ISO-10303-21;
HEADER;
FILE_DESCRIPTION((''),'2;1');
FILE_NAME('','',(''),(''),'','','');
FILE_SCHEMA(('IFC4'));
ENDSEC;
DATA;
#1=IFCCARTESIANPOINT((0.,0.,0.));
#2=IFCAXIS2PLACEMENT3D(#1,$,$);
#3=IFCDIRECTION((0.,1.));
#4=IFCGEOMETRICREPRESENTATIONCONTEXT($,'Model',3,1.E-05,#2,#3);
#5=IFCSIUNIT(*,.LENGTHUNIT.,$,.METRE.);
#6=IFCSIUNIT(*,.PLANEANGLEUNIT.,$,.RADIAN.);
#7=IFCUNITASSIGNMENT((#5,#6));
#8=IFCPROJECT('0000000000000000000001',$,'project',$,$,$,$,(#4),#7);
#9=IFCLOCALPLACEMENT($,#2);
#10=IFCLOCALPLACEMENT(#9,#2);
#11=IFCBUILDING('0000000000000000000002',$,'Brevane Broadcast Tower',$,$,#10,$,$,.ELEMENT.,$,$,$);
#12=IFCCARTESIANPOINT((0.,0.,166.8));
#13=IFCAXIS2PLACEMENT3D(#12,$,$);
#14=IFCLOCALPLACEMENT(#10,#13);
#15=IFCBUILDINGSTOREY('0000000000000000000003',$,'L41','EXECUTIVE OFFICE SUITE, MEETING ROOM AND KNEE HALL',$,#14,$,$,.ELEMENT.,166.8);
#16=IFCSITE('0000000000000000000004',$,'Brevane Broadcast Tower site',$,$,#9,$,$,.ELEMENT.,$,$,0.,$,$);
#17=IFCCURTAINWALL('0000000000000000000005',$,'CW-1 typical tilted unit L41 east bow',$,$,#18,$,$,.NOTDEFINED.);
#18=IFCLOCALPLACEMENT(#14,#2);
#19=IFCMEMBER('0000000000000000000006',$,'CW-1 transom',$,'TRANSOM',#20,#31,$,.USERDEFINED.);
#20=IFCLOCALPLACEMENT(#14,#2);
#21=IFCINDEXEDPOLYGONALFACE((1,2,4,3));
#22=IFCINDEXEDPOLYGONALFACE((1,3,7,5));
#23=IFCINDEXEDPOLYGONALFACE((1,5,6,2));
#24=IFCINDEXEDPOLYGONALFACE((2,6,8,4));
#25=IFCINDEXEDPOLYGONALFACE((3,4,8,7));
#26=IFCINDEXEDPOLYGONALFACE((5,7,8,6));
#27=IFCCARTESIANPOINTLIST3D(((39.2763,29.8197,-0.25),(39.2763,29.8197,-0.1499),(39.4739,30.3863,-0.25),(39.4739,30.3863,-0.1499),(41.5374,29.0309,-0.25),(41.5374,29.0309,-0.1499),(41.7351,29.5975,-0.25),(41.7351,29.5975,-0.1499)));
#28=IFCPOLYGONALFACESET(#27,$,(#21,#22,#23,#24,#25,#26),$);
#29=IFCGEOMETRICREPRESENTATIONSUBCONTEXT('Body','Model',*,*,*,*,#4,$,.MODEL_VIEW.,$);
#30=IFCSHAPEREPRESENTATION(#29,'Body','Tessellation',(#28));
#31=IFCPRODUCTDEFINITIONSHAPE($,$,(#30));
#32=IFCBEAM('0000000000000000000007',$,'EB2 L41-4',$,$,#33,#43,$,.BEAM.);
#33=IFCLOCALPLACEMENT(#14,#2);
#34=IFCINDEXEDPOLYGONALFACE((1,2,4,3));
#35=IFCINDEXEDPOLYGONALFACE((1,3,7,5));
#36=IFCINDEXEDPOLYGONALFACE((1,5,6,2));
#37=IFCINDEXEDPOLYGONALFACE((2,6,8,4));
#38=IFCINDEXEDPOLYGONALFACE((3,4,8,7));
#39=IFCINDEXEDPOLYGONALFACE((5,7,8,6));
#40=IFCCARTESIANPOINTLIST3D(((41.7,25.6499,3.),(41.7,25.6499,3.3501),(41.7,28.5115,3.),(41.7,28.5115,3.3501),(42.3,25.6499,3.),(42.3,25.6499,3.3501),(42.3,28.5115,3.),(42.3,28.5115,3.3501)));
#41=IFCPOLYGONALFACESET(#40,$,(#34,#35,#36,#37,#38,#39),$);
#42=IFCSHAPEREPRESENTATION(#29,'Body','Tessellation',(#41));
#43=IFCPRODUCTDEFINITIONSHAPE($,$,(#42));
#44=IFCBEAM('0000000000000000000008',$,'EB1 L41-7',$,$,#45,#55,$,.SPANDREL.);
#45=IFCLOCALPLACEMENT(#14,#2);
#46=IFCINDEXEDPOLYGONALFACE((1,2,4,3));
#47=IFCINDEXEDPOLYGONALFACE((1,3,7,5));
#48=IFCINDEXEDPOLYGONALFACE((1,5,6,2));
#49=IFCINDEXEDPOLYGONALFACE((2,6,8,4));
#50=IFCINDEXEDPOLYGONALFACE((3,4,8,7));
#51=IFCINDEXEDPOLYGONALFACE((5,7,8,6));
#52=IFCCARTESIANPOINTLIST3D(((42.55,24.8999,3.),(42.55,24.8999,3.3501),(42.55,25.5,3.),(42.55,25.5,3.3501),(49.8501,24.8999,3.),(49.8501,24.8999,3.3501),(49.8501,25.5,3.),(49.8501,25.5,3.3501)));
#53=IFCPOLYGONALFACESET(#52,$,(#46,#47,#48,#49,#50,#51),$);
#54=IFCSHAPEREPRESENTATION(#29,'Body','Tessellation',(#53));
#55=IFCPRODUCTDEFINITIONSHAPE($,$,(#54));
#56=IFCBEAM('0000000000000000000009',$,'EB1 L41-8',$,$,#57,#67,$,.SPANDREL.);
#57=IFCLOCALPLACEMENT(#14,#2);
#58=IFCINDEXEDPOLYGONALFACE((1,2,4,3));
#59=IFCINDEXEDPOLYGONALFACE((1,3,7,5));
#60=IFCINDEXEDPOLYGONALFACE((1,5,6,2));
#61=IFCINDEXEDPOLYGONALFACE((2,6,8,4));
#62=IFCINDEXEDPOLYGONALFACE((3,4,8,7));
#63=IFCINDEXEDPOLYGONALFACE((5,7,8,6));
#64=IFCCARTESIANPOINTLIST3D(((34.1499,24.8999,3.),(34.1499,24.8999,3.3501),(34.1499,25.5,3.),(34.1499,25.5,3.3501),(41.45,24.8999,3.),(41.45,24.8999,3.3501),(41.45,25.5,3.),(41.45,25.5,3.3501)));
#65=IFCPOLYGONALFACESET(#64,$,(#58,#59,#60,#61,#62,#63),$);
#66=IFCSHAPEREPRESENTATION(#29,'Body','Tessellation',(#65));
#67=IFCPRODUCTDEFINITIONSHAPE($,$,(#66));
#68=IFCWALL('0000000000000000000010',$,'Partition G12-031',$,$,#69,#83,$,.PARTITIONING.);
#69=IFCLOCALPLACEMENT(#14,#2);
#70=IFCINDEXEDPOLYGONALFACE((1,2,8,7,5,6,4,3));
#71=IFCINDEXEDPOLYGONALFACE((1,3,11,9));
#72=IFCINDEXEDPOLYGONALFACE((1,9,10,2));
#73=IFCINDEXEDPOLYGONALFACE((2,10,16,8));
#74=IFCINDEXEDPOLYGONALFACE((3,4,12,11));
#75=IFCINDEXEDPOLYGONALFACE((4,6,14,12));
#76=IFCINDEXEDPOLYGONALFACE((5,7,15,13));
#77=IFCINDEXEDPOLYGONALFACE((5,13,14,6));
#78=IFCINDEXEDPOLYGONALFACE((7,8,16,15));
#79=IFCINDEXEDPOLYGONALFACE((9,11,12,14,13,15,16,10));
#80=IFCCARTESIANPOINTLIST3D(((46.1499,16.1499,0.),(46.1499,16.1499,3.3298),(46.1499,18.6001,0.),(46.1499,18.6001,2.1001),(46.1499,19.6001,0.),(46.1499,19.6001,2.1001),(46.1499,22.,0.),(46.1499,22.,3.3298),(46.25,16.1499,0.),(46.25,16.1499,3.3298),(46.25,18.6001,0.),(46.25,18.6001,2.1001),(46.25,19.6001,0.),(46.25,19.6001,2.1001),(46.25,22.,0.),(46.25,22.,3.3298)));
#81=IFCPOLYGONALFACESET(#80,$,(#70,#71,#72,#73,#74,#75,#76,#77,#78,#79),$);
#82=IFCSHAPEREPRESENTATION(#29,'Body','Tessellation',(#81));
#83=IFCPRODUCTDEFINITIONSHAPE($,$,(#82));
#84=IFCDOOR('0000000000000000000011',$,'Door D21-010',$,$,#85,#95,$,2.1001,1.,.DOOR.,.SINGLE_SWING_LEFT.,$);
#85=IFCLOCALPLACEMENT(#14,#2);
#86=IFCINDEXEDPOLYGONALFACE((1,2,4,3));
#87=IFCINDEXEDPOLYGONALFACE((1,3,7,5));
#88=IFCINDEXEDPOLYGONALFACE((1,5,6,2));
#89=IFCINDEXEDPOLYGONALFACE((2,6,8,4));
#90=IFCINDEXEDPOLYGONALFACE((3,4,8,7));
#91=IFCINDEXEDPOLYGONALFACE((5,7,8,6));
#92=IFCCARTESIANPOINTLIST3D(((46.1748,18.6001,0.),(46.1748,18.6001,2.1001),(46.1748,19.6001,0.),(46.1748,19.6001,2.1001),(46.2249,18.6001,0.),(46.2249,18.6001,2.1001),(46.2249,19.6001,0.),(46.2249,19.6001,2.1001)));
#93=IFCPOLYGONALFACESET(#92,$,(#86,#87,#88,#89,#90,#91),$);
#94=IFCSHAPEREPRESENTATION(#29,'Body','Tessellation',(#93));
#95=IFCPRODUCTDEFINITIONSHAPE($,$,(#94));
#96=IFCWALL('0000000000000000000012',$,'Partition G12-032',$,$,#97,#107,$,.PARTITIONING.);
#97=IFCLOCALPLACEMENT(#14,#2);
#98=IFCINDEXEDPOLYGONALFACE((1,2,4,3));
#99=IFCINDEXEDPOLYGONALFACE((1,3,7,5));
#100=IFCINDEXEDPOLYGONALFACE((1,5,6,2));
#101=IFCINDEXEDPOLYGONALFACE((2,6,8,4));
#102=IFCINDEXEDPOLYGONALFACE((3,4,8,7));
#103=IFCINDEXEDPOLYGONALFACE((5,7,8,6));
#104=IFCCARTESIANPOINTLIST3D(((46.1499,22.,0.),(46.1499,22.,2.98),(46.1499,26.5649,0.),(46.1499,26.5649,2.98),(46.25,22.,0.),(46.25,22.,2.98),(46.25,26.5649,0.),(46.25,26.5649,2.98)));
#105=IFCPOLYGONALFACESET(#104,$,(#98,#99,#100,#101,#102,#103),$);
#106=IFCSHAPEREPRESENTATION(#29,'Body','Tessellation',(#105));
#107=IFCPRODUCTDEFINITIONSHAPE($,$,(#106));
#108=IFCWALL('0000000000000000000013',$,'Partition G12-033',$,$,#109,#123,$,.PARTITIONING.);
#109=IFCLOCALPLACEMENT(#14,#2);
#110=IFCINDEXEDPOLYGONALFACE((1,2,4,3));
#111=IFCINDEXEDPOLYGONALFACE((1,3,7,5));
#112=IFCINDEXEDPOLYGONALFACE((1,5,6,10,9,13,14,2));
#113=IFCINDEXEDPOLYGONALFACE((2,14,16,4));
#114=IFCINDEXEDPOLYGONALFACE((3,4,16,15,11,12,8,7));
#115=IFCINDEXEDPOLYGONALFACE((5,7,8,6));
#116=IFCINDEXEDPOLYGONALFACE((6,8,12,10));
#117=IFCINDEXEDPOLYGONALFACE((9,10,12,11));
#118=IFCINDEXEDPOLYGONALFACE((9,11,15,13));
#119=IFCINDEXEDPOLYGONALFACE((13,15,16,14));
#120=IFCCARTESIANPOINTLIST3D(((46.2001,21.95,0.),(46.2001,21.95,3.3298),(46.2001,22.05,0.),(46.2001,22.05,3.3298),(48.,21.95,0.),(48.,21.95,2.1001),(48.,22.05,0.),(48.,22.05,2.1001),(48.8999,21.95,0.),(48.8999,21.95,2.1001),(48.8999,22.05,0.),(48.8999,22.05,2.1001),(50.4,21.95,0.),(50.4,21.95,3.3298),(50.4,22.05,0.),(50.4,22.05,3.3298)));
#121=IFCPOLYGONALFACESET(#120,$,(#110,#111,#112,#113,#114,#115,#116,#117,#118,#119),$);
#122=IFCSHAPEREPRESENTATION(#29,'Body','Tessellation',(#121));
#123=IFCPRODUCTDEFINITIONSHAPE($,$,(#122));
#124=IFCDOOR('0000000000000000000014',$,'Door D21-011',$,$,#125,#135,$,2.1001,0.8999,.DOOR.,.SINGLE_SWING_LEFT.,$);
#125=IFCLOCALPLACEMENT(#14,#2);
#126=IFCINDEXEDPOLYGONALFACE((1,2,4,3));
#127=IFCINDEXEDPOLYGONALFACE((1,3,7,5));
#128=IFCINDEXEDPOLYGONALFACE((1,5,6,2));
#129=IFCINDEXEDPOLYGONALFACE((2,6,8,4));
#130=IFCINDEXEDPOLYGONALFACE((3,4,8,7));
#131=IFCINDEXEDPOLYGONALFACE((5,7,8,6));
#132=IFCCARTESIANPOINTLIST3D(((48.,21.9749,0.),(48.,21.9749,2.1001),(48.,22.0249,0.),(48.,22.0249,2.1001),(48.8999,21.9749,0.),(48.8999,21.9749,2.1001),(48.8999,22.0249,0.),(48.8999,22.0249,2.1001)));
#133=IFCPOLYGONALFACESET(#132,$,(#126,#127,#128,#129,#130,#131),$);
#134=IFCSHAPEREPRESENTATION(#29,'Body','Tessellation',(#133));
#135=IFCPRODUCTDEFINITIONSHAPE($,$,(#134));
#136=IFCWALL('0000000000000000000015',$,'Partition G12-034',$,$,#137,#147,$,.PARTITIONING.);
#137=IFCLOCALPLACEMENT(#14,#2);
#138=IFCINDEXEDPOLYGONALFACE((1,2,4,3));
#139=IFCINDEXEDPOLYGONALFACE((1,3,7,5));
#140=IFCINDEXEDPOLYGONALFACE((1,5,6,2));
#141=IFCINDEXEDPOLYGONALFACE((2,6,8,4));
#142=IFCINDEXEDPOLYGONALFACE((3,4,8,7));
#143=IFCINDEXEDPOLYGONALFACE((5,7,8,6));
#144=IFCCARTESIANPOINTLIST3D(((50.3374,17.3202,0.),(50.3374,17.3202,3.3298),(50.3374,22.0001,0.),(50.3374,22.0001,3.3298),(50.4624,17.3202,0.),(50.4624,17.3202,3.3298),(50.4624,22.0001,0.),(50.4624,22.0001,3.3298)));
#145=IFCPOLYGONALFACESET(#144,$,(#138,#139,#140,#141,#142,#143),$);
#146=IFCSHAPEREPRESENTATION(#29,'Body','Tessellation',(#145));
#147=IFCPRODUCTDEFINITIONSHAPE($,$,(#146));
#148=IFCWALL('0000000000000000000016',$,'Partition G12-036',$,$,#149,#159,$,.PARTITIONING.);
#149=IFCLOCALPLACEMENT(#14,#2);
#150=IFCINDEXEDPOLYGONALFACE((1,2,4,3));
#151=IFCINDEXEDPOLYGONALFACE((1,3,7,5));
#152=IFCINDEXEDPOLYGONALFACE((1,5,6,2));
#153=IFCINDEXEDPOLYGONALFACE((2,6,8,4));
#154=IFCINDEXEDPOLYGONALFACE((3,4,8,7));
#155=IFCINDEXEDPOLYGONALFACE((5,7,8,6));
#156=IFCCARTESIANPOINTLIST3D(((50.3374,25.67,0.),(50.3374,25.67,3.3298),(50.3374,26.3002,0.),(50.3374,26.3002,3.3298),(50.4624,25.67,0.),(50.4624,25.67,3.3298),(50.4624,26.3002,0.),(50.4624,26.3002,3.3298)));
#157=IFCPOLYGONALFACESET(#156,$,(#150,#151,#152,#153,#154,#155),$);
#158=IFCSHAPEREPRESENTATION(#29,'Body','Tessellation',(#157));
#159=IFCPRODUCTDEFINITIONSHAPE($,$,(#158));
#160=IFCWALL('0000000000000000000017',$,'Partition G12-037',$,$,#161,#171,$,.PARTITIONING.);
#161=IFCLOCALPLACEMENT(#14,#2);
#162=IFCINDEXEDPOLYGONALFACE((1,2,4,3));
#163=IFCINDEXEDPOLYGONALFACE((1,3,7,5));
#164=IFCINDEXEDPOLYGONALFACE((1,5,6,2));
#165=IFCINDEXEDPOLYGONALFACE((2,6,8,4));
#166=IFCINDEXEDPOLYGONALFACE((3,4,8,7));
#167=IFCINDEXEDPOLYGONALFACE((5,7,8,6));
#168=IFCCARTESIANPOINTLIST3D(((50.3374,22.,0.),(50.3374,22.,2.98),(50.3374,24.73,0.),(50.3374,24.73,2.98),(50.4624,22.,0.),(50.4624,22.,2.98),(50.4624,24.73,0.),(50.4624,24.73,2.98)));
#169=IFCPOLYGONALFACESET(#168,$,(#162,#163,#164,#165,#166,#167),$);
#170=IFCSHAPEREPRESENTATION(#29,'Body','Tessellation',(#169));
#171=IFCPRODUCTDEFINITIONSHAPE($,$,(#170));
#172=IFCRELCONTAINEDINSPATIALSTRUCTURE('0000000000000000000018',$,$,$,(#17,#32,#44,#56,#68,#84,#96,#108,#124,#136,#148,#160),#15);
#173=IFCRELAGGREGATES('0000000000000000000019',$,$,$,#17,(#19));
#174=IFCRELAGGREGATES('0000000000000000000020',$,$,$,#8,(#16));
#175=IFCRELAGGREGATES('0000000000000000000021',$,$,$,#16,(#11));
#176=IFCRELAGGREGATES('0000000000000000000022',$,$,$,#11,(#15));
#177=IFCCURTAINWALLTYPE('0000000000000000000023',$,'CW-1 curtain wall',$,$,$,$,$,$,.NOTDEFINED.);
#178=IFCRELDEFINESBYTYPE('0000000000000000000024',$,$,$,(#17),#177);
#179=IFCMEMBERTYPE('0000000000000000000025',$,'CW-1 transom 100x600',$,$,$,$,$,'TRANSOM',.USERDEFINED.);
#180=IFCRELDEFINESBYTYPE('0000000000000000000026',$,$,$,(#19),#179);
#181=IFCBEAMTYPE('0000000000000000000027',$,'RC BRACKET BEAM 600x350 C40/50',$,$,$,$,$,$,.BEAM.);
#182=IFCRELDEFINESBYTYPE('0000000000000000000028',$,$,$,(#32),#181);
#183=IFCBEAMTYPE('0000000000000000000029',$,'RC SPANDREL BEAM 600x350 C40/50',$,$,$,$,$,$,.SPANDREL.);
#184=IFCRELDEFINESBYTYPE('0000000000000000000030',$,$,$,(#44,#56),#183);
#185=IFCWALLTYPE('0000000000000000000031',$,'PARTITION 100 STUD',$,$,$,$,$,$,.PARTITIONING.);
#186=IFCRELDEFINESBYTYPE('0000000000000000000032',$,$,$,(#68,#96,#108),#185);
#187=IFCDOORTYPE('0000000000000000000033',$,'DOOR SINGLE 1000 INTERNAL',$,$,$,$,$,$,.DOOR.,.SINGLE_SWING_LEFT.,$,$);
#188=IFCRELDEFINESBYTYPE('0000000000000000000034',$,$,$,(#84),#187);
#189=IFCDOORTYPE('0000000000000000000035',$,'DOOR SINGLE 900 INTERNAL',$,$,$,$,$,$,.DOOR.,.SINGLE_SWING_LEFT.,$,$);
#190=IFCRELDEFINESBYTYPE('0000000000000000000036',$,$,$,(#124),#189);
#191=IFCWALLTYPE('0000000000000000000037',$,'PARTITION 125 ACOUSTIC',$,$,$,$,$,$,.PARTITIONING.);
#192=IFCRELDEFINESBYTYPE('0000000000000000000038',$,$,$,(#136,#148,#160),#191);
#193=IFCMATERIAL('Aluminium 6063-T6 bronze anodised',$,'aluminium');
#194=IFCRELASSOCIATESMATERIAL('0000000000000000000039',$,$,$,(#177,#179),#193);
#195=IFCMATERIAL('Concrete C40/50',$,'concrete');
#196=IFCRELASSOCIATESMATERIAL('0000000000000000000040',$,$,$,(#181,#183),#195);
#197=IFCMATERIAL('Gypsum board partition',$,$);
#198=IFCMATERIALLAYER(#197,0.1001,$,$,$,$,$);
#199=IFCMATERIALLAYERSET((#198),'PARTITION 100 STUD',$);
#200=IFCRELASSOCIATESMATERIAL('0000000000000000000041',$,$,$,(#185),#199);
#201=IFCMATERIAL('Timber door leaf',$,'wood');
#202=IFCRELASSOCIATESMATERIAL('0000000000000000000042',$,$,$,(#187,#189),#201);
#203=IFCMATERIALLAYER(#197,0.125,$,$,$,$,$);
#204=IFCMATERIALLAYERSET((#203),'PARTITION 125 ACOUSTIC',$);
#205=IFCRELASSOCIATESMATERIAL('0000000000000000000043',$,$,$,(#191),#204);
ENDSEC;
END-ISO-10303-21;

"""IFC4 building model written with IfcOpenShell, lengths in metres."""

from ifc_helpers import new_model, si_unit, direction, frame, frame_2d, origin, origin_2d, place, context, subcontext, project, spatial, rectangle, extrude, material, layer, layer_set, material_profile, profile_set, type_object, element, fill, aggregate, save


model = new_model("IFC4")

# Units and contexts
model_context = context("Model", 3, precision=1e-05, world=origin(), true_north=direction((0.0, 1.0)))
body_context = subcontext(model_context, "Body", "Model", "MODEL_VIEW")
ifc_project = project(units=[si_unit("LENGTHUNIT", "METRE"), si_unit("PLANEANGLEUNIT", "RADIAN")], contexts=[model_context])

# Site, building, storey
site_placement = place(None, origin())
site = spatial("IfcSite", under=ifc_project, at=site_placement, Name="Brevane Broadcast Tower site", CompositionType="ELEMENT", RefElevation=0.0)
building_placement = place(site_placement, origin())
building = spatial("IfcBuilding", under=site, at=building_placement, Name="Brevane Broadcast Tower", CompositionType="ELEMENT")
storey_placement = place(building_placement, frame((0.0, 0.0, 166.8)))
storey = spatial("IfcBuildingStorey", under=building, at=storey_placement, Name="L41", Description="EXECUTIVE OFFICE SUITE, MEETING ROOM AND KNEE HALL", CompositionType="ELEMENT", Elevation=166.8)

# Curtain wall
ifc_material_1 = material(Name="Aluminium 6063-T6 bronze anodised", Category="aluminium")
curtain_wall_type = type_object("IfcCurtainWallType", Name="CW-1 curtain wall", PredefinedType="NOTDEFINED", material=ifc_material_1)
curtain_wall_1_placement = place(storey_placement, origin())
curtain_wall_1 = element("IfcCurtainWall", 1, at=curtain_wall_1_placement, inside=storey, type_object=curtain_wall_type, Name="CW-1 typical tilted unit L41 east bow", PredefinedType="NOTDEFINED")

# Member
ifc_material_profile_1 = material_profile(ifc_material_1, rectangle(XDim=0.6001, YDim=0.1001, at=origin_2d()), Name="RECT 100x600")
ifc_profile_set_1 = profile_set([ifc_material_profile_1], Name="Aluminium 6063-T6 bronze anodised")
member_type_1 = type_object("IfcMemberType", Name="CW-1 transom 100x600", ElementType="TRANSOM", PredefinedType="USERDEFINED", material=ifc_profile_set_1)
member_1_placement = place(storey_placement, frame((41.6362, 29.3142, -0.2), z_axis=(-0.944198, 0.329378, 0.0), x_axis=(-0.329378, -0.944198, 0.0)))
member_1 = element("IfcMember", 2, at=member_1_placement, type_object=member_type_1, Name="CW-1 transom", ObjectType="TRANSOM", PredefinedType="USERDEFINED", context=body_context, shape_type="SweptSolid", body=[
    extrude(rectangle(XDim=0.6001, YDim=0.1001, at=origin_2d()), origin(), (0.0, 0.0, 1.0), 2.3948),
])
aggregate(curtain_wall_1, [member_1])

# Beams
ifc_material_2 = material(Name="Concrete C40/50", Category="concrete")
ifc_material_profile_2 = material_profile(ifc_material_2, rectangle(XDim=0.6001, YDim=0.3501, at=origin_2d()), Name="RC 600x350")
ifc_profile_set_2 = profile_set([ifc_material_profile_2], Name="Concrete C40/50")
beam_type_1 = type_object("IfcBeamType", Name="RC BRACKET BEAM 600x350 C40/50", PredefinedType="BEAM", material=ifc_profile_set_2)
beam_placement = place(storey_placement, frame((42.0, 25.6499, 3.175), z_axis=(0.0, 1.0, 0.0), x_axis=(-1.0, 0.0, 0.0)))
element("IfcBeam", 3, at=beam_placement, inside=storey, type_object=beam_type_1, Name="EB2 L41-4", PredefinedType="BEAM", context=body_context, shape_type="SweptSolid", body=[
    extrude(rectangle(XDim=0.6001, YDim=0.3501, at=origin_2d()), origin(), (0.0, 0.0, 1.0), 2.8616),
])
ifc_material_profile_3 = material_profile(ifc_material_2, rectangle(XDim=0.6001, YDim=0.3501, at=origin_2d()), Name="RC 600x350")
ifc_profile_set_3 = profile_set([ifc_material_profile_3], Name="Concrete C40/50")
beam_type_2 = type_object("IfcBeamType", Name="RC SPANDREL BEAM 600x350 C40/50", PredefinedType="SPANDREL", material=ifc_profile_set_3)
for number, where, z_axis, x_axis, name in (
    (4, (49.8501, 25.2, 3.175), (-1.0, 0.0, 0.0), (0.0, -1.0, 0.0), "EB1 L41-7"),
    (5, (41.45, 25.2, 3.175), (-1.0, 0.0, 0.0), (0.0, -1.0, 0.0), "EB1 L41-8"),
):
    element("IfcBeam", number, at=place(storey_placement, frame(where, z_axis=z_axis, x_axis=x_axis)), inside=storey, type_object=beam_type_2, Name=name, PredefinedType="SPANDREL", context=body_context, shape_type="SweptSolid", body=[
        extrude(rectangle(XDim=0.6001, YDim=0.3501, at=origin_2d()), origin(), (0.0, 0.0, 1.0), 7.3),
    ])

# Wall, opening, door
ifc_material_3 = material(Name="Gypsum board partition")
ifc_layer_1 = layer(ifc_material_3, 0.1001)
ifc_layer_set_1 = layer_set([ifc_layer_1], Name="PARTITION 100 STUD")
wall_type_1 = type_object("IfcWallType", Name="PARTITION 100 STUD", PredefinedType="PARTITIONING", material=ifc_layer_set_1)
wall_1_placement = place(storey_placement, frame((46.2, 22.0, 0.0), z_axis=(0.0, 0.0, 1.0), x_axis=(0.0, -1.0, 0.0)))
wall_1 = element("IfcWall", 6, at=wall_1_placement, inside=storey, type_object=wall_type_1, Name="Partition G12-031", PredefinedType="PARTITIONING", context=body_context, shape_type="SweptSolid", body=[
    extrude(rectangle(XDim=5.8501, YDim=0.1001, at=frame_2d((2.925, 0.0))), origin(), (0.0, 0.0, 1.0), 3.3298),
])
opening_1_placement = place(wall_1_placement, frame((2.3999, 0.0, 0.0)))
opening_1 = element("IfcOpeningElement", 7, at=opening_1_placement, cuts=wall_1, PredefinedType="OPENING", context=body_context, shape_type="SweptSolid", body=[
    extrude(rectangle(XDim=1.0, YDim=2.1001, at=frame_2d((0.5, 1.05))), frame((0.0, 0.0601, 0.0), z_axis=(0.0, -1.0, 0.0), x_axis=(1.0, 0.0, 0.0)), (0.0, 0.0, 1.0), 0.1201),
])
ifc_material_4 = material(Name="Timber door leaf", Category="wood")
door_type_1 = type_object("IfcDoorType", Name="DOOR SINGLE 1000 INTERNAL", OperationType="SINGLE_SWING_LEFT", PredefinedType="DOOR", material=ifc_material_4)
door_1_placement = place(opening_1_placement, origin())
door_1 = element("IfcDoor", 8, at=door_1_placement, inside=storey, type_object=door_type_1, Name="Door D21-010", OperationType="SINGLE_SWING_LEFT", OverallHeight=2.1001, OverallWidth=1.0, PredefinedType="DOOR", context=body_context, shape_type="SweptSolid", body=[
    extrude(rectangle(XDim=1.0, YDim=2.1001, at=frame_2d((0.5, 1.05))), frame((0.0, 0.0249, 0.0), z_axis=(0.0, -1.0, 0.0), x_axis=(1.0, 0.0, 0.0)), (0.0, 0.0, 1.0), 0.05),
])
fill(opening_1, door_1)

# Wall
wall_2_placement = place(storey_placement, frame((46.2, 26.5649, 0.0), z_axis=(0.0, 0.0, 1.0), x_axis=(0.0, -1.0, 0.0)))
element("IfcWall", 9, at=wall_2_placement, inside=storey, type_object=wall_type_1, Name="Partition G12-032", PredefinedType="PARTITIONING", context=body_context, shape_type="SweptSolid", body=[
    extrude(rectangle(XDim=4.5649, YDim=0.1001, at=frame_2d((2.2825, 0.0))), origin(), (0.0, 0.0, 1.0), 2.98),
])

# Wall, opening, door
wall_3_placement = place(storey_placement, frame((46.2, 22.0, 0.0), z_axis=(0.0, 0.0, 1.0), x_axis=(1.0, 0.0, 0.0)))
wall_3 = element("IfcWall", 10, at=wall_3_placement, inside=storey, type_object=wall_type_1, Name="Partition G12-033", PredefinedType="PARTITIONING", context=body_context, shape_type="SweptSolid", body=[
    extrude(rectangle(XDim=4.2, YDim=0.1001, at=frame_2d((2.1001, 0.0))), origin(), (0.0, 0.0, 1.0), 3.3298),
])
opening_2_placement = place(wall_3_placement, frame((1.8, 0.0, 0.0)))
opening_2 = element("IfcOpeningElement", 11, at=opening_2_placement, cuts=wall_3, PredefinedType="OPENING", context=body_context, shape_type="SweptSolid", body=[
    extrude(rectangle(XDim=0.8999, YDim=2.1001, at=frame_2d((0.45, 1.05))), frame((0.0, 0.0601, 0.0), z_axis=(0.0, -1.0, 0.0), x_axis=(1.0, 0.0, 0.0)), (0.0, 0.0, 1.0), 0.1201),
])
door_type_2 = type_object("IfcDoorType", Name="DOOR SINGLE 900 INTERNAL", OperationType="SINGLE_SWING_LEFT", PredefinedType="DOOR", material=ifc_material_4)
door_2_placement = place(opening_2_placement, origin())
door_2 = element("IfcDoor", 12, at=door_2_placement, inside=storey, type_object=door_type_2, Name="Door D21-011", OperationType="SINGLE_SWING_LEFT", OverallHeight=2.1001, OverallWidth=0.8999, PredefinedType="DOOR", context=body_context, shape_type="SweptSolid", body=[
    extrude(rectangle(XDim=0.8999, YDim=2.1001, at=frame_2d((0.45, 1.05))), frame((0.0, 0.0249, 0.0), z_axis=(0.0, -1.0, 0.0), x_axis=(1.0, 0.0, 0.0)), (0.0, 0.0, 1.0), 0.05),
])
fill(opening_2, door_2)

# Walls
ifc_layer_2 = layer(ifc_material_3, 0.125)
ifc_layer_set_2 = layer_set([ifc_layer_2], Name="PARTITION 125 ACOUSTIC")
wall_type_2 = type_object("IfcWallType", Name="PARTITION 125 ACOUSTIC", PredefinedType="PARTITIONING", material=ifc_layer_set_2)
wall_4_placement = place(storey_placement, frame((50.3999, 22.0, 0.0), z_axis=(0.0, 0.0, 1.0), x_axis=(0.0, -1.0, 0.0)))
element("IfcWall", 13, at=wall_4_placement, inside=storey, type_object=wall_type_2, Name="Partition G12-034", PredefinedType="PARTITIONING", context=body_context, shape_type="SweptSolid", body=[
    extrude(rectangle(XDim=4.6799, YDim=0.125, at=frame_2d((2.3398, 0.0))), origin(), (0.0, 0.0, 1.0), 3.3298),
])
wall_5_placement = place(storey_placement, frame((50.3999, 26.3, 0.0), z_axis=(0.0, 0.0, 1.0), x_axis=(0.0, -1.0, 0.0)))
element("IfcWall", 14, at=wall_5_placement, inside=storey, type_object=wall_type_2, Name="Partition G12-036", PredefinedType="PARTITIONING", context=body_context, shape_type="SweptSolid", body=[
    extrude(rectangle(XDim=0.6301, YDim=0.125, at=frame_2d((0.3149, 0.0))), origin(), (0.0, 0.0, 1.0), 3.3298),
])
wall_6_placement = place(storey_placement, frame((50.3999, 24.73, 0.0), z_axis=(0.0, 0.0, 1.0), x_axis=(0.0, -1.0, 0.0)))
element("IfcWall", 15, at=wall_6_placement, inside=storey, type_object=wall_type_2, Name="Partition G12-037", PredefinedType="PARTITIONING", context=body_context, shape_type="SweptSolid", body=[
    extrude(rectangle(XDim=2.73, YDim=0.125, at=frame_2d((1.365, 0.0))), origin(), (0.0, 0.0, 1.0), 2.98),
])

save(model, "model.ifc")
